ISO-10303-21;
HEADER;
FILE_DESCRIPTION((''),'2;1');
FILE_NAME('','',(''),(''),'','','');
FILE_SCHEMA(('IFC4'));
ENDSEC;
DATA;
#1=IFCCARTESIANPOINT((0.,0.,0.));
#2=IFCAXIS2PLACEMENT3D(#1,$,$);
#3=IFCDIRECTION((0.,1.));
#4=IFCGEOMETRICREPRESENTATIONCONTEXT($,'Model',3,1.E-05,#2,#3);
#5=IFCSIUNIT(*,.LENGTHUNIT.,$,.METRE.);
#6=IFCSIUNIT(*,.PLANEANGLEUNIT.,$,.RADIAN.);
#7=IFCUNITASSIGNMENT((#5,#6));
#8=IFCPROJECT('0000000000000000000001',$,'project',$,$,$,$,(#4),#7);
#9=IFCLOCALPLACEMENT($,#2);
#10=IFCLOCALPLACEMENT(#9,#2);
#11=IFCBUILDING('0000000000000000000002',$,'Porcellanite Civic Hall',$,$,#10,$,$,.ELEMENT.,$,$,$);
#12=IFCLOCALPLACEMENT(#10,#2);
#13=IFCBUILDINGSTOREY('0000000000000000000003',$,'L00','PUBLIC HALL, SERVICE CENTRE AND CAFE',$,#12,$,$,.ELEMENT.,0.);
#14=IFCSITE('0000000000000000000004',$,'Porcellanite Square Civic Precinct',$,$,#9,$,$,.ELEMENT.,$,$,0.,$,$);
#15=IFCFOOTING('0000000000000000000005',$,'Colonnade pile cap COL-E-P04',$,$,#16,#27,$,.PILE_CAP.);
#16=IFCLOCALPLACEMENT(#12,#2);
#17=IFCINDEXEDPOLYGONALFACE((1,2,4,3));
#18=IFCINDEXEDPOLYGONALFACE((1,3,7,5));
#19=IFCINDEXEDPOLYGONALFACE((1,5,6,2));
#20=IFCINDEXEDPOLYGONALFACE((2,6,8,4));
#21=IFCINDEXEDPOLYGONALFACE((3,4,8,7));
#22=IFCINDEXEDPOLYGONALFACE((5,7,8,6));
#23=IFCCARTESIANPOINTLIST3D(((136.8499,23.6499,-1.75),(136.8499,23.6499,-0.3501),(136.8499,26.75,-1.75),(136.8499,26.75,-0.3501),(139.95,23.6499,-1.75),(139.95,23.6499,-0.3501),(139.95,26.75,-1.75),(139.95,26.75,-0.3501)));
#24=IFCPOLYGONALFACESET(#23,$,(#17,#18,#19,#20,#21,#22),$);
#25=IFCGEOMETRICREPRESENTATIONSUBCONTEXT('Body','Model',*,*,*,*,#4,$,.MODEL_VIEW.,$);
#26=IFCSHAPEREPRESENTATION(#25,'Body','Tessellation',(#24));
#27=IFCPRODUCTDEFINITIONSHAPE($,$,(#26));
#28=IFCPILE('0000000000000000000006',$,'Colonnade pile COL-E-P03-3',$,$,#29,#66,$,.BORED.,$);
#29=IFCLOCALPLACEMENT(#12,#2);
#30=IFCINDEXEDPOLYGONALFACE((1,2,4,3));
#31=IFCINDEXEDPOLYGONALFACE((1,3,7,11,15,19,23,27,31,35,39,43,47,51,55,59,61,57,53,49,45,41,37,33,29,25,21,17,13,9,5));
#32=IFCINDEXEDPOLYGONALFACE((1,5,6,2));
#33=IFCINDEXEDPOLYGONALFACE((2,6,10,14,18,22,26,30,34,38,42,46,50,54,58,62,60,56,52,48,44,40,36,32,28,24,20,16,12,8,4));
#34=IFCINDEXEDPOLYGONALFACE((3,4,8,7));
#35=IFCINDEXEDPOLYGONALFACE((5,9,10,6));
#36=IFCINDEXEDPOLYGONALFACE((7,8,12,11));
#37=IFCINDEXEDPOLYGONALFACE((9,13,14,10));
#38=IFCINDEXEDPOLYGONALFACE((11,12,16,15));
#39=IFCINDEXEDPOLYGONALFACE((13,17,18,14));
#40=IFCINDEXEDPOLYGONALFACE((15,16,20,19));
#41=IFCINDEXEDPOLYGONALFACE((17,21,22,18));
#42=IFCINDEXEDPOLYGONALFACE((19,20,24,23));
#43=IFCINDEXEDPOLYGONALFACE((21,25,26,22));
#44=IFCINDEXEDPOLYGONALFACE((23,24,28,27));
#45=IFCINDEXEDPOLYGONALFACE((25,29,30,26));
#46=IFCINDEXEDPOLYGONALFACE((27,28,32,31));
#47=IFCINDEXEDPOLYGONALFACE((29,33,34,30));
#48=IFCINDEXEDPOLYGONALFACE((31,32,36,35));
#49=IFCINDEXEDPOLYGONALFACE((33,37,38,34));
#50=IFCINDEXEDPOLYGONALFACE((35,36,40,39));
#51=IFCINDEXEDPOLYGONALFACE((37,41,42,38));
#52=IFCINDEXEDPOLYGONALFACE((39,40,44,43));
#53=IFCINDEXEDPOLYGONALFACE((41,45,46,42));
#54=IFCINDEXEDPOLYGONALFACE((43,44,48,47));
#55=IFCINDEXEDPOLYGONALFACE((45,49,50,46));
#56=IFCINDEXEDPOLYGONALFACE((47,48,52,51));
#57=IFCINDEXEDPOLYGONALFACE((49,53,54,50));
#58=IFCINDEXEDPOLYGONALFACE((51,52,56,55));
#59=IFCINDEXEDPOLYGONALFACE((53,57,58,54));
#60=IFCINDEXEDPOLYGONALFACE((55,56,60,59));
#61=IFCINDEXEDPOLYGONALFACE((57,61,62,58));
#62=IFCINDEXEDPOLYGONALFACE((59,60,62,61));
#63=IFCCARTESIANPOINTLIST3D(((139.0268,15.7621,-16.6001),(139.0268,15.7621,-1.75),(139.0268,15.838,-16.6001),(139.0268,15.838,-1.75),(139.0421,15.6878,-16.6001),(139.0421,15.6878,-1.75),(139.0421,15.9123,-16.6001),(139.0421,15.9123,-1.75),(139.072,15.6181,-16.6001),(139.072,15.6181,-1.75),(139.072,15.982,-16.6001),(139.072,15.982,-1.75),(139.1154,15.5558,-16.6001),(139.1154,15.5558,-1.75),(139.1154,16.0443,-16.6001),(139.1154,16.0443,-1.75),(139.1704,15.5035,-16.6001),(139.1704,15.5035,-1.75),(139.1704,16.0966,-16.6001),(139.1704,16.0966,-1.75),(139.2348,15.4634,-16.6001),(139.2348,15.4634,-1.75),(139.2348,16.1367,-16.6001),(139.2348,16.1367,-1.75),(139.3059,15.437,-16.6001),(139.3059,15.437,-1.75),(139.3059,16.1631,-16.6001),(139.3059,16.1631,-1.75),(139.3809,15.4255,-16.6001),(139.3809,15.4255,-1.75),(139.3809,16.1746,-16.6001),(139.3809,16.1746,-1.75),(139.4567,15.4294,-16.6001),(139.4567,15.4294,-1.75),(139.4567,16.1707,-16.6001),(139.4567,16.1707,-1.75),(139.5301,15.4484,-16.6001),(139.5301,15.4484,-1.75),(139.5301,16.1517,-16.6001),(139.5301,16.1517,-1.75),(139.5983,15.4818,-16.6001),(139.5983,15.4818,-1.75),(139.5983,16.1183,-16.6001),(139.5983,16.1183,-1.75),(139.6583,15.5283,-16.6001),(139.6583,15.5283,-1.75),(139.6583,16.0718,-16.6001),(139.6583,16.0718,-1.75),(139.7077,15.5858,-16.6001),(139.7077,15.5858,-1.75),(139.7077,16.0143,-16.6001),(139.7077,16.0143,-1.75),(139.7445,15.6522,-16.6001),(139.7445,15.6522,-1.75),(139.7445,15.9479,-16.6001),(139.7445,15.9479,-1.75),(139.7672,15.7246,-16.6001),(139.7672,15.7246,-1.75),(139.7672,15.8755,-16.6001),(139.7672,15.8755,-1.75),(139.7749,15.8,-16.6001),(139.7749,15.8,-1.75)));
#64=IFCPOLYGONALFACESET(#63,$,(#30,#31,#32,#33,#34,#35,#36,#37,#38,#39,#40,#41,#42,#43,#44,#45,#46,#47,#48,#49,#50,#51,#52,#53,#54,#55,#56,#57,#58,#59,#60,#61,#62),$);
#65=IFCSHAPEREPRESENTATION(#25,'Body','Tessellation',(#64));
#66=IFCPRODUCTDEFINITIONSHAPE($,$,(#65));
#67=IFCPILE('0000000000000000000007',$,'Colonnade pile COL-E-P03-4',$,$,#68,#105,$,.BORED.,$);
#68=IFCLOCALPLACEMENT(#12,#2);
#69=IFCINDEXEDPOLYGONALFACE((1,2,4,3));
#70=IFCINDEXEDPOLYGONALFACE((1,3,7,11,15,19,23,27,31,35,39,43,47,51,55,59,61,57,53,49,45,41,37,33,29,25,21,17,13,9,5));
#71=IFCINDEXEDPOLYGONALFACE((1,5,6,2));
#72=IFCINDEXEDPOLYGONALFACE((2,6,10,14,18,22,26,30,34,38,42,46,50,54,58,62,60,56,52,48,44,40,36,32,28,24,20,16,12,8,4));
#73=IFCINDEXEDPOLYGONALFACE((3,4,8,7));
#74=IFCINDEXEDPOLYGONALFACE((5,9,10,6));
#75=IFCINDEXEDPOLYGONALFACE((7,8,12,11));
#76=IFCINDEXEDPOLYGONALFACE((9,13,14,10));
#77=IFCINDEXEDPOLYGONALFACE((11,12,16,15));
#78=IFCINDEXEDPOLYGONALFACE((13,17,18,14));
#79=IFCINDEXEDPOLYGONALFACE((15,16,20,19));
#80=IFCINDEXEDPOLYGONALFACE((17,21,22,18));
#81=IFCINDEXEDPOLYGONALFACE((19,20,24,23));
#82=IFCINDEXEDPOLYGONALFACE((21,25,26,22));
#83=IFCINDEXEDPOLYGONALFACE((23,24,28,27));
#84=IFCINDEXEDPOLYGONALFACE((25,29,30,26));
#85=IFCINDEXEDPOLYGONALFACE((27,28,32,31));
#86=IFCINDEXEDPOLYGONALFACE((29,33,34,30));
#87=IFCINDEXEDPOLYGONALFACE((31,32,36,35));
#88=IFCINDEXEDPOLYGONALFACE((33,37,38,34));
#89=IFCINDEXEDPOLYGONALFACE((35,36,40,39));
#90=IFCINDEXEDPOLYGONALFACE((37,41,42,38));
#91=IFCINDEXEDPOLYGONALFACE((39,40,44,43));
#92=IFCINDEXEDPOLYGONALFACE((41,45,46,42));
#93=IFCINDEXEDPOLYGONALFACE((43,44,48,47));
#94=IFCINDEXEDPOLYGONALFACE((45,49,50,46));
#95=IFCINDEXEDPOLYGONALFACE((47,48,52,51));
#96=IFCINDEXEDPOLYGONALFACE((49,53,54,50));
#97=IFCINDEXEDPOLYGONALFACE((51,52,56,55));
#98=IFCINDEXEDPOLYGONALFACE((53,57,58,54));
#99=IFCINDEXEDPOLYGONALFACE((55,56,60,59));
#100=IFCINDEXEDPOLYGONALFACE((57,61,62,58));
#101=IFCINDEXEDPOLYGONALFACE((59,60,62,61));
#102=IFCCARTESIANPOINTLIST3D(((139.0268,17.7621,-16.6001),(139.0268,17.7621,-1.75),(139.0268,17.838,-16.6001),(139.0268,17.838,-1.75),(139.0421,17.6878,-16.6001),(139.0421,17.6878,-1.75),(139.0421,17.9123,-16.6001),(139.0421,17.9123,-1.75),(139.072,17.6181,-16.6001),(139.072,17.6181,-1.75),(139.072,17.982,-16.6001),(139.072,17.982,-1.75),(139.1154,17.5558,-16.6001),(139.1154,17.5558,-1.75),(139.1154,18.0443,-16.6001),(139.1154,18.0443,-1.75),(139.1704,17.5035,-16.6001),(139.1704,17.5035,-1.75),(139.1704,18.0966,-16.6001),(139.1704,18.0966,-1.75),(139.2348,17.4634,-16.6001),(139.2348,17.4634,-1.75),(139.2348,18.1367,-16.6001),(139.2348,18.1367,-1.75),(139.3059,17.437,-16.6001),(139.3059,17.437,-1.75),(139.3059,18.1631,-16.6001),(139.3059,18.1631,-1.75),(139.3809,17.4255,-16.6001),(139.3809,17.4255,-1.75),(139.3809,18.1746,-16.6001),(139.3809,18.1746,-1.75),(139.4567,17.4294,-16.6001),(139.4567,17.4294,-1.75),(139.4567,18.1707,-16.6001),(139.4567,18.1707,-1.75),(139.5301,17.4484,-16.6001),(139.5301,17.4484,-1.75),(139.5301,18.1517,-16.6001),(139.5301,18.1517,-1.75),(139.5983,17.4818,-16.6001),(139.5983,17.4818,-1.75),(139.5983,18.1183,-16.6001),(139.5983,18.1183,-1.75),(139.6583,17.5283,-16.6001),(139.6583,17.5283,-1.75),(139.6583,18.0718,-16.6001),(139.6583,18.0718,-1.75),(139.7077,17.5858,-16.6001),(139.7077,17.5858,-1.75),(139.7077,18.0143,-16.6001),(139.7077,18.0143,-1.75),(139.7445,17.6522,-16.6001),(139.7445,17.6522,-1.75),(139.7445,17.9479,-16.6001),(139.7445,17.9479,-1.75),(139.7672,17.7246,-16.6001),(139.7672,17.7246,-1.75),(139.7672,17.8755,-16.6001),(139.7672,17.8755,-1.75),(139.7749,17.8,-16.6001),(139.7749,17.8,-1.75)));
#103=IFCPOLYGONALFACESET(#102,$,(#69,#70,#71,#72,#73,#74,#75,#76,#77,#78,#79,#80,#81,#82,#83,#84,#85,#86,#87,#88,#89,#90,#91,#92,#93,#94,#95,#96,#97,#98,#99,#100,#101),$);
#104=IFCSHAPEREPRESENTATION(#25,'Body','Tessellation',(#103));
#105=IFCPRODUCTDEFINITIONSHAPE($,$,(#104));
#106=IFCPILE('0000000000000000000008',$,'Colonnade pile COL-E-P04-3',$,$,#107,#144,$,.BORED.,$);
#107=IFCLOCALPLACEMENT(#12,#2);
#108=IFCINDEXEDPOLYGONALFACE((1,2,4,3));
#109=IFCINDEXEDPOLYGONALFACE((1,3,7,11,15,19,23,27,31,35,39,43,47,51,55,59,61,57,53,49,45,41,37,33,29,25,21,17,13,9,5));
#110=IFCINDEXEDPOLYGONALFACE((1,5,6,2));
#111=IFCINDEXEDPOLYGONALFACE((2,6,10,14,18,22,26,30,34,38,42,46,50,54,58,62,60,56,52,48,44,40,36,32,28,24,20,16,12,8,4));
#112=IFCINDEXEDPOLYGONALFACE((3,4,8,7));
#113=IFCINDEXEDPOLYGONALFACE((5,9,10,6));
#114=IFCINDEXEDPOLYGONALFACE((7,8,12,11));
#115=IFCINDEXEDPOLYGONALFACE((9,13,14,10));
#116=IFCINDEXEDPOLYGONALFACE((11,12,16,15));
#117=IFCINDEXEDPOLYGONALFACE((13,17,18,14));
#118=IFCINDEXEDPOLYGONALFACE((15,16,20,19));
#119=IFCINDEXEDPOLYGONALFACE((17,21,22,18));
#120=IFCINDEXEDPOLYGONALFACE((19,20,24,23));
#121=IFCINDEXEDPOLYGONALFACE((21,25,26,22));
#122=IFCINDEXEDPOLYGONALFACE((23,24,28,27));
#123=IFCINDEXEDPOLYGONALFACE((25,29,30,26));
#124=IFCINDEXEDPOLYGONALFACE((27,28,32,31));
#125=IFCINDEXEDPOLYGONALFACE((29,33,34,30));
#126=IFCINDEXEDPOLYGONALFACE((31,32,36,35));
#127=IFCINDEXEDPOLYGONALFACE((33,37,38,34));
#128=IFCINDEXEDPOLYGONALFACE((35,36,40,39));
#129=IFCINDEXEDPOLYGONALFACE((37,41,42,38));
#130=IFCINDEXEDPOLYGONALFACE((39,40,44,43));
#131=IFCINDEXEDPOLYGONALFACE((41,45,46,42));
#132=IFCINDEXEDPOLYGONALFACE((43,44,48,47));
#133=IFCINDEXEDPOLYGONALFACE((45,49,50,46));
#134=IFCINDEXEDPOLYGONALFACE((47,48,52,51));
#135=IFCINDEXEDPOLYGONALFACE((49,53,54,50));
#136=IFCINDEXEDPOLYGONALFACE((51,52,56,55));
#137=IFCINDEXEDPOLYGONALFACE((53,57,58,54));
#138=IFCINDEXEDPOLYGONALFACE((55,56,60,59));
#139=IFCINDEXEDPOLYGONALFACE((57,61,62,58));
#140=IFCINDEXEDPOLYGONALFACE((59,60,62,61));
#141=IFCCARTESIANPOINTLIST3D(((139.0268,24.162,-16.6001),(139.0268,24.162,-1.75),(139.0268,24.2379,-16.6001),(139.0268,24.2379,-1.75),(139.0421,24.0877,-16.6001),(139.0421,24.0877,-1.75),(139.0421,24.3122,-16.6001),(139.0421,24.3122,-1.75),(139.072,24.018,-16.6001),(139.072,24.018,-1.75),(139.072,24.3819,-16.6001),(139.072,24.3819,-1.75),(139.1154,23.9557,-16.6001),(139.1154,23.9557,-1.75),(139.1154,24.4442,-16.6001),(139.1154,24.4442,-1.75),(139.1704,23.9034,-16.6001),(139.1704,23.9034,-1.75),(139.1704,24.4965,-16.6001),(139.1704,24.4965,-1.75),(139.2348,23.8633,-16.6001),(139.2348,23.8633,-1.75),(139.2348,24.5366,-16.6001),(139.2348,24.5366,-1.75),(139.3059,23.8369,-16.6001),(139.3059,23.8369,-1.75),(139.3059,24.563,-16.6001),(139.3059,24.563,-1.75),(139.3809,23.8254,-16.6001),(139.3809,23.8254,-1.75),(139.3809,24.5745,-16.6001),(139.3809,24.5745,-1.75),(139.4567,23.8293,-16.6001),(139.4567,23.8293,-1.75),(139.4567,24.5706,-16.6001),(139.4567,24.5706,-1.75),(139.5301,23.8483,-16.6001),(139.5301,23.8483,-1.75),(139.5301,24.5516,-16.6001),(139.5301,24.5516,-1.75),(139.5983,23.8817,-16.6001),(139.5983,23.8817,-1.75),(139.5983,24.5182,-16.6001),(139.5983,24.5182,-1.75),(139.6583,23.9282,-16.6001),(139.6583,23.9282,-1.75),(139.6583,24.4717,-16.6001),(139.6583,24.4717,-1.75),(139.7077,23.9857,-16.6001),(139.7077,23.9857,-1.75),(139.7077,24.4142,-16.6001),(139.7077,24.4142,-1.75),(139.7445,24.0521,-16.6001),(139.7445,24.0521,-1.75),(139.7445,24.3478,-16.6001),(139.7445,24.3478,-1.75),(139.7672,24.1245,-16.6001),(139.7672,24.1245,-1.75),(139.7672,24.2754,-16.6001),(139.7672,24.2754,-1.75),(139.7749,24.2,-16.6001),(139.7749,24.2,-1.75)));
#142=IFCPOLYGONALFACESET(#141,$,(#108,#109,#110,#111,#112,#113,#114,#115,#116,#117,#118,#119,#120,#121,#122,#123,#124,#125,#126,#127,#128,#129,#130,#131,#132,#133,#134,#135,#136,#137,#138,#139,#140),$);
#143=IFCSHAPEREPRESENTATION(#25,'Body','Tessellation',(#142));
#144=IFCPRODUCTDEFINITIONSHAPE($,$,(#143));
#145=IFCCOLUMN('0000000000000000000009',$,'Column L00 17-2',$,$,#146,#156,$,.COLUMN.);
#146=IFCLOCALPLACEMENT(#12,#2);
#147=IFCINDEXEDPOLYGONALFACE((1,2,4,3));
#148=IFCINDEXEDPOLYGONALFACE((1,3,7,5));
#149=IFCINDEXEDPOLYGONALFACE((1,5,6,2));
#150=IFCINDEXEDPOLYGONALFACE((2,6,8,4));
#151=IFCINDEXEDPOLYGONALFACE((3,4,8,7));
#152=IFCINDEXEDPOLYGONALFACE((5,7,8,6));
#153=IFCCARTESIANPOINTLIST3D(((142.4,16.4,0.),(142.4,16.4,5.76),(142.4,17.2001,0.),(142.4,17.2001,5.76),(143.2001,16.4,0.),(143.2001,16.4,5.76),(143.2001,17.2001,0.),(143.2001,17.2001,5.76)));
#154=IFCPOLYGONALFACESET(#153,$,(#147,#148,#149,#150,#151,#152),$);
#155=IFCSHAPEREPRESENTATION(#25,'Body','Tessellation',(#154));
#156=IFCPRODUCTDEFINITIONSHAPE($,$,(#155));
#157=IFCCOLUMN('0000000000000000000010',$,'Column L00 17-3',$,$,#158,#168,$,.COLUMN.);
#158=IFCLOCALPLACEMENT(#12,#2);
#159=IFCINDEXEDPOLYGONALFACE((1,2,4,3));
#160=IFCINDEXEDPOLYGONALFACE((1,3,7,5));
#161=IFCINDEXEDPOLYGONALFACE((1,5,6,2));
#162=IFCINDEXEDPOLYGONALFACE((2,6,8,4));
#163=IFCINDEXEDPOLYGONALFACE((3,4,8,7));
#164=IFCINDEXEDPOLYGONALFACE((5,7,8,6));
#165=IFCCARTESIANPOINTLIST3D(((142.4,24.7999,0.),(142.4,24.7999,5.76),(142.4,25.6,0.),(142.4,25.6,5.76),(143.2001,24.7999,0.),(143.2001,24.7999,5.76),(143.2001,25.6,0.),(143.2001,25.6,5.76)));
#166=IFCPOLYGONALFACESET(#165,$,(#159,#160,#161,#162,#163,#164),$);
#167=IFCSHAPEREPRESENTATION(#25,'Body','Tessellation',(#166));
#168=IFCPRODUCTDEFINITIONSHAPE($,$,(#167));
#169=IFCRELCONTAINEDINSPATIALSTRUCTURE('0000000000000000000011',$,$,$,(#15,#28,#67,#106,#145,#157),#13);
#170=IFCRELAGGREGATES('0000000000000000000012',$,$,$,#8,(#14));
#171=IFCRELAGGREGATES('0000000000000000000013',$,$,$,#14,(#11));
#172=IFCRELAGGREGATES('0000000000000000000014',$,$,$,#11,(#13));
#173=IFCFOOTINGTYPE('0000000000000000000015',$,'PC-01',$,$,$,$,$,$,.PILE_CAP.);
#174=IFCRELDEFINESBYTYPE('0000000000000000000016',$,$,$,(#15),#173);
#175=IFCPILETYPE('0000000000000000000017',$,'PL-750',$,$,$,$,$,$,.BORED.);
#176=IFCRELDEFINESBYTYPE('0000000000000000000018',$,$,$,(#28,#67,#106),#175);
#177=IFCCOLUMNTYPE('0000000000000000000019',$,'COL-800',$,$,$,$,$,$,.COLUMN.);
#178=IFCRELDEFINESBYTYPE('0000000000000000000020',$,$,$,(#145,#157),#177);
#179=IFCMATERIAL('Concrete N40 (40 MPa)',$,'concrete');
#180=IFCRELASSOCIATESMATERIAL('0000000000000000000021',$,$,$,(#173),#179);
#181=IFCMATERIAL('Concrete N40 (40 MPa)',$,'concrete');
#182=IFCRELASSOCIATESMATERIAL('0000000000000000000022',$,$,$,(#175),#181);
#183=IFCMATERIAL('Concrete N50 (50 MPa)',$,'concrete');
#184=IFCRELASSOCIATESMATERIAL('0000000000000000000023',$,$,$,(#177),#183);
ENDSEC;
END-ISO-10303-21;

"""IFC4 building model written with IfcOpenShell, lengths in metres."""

from ifc_helpers import new_model, si_unit, direction, frame, origin, origin_2d, place, context, subcontext, project, spatial, rectangle, circle, extrude, material, material_profile, profile_set, type_object, element, save


model = new_model("IFC4")

# Units and contexts
model_context = context("Model", 3, precision=1e-05, world=origin(), true_north=direction((0.0, 1.0)))
body_context = subcontext(model_context, "Body", "Model", "MODEL_VIEW")
ifc_project = project(units=[si_unit("LENGTHUNIT", "METRE"), si_unit("PLANEANGLEUNIT", "RADIAN")], contexts=[model_context])

# Site, building, storey
site_placement = place(None, origin())
site = spatial("IfcSite", under=ifc_project, at=site_placement, Name="Porcellanite Square Civic Precinct", CompositionType="ELEMENT", RefElevation=0.0)
building_placement = place(site_placement, origin())
building = spatial("IfcBuilding", under=site, at=building_placement, Name="Porcellanite Civic Hall", CompositionType="ELEMENT")
storey_placement = place(building_placement, origin())
storey = spatial("IfcBuildingStorey", under=building, at=storey_placement, Name="L00", Description="PUBLIC HALL, SERVICE CENTRE AND CAFE", CompositionType="ELEMENT", Elevation=0.0)

# Footing
ifc_material_1 = material(Name="Concrete N40 (40 MPa)", Category="concrete")
footing_type = type_object("IfcFootingType", Name="PC-01", PredefinedType="PILE_CAP", material=ifc_material_1)
footing_placement = place(storey_placement, frame((138.3999, 25.2, -1.75), z_axis=(0.0, 0.0, 1.0), x_axis=(1.0, 0.0, 0.0)))
element("IfcFooting", 1, at=footing_placement, inside=storey, type_object=footing_type, Name="Colonnade pile cap COL-E-P04", PredefinedType="PILE_CAP", context=body_context, shape_type="SweptSolid", body=[
    extrude(rectangle(XDim=3.1001, YDim=3.1001, at=origin_2d()), origin(), (0.0, 0.0, 1.0), 1.3999),
])

# Piles
ifc_material_2 = material(Name="Concrete N40 (40 MPa)", Category="concrete")
ifc_material_profile_1 = material_profile(ifc_material_2, circle(Radius=0.375, at=origin_2d()), Name="PILE-D750")
ifc_profile_set_1 = profile_set([ifc_material_profile_1], Name="Concrete N40 (40 MPa)")
pile_type = type_object("IfcPileType", Name="PL-750", PredefinedType="BORED", material=ifc_profile_set_1)
for number, where, z_axis, x_axis, name in (
    (2, (139.3999, 15.8, -1.75), (0.0, 0.0, -1.0), (1.0, 0.0, 0.0), "Colonnade pile COL-E-P03-3"),
    (3, (139.3999, 17.8, -1.75), (0.0, 0.0, -1.0), (1.0, 0.0, 0.0), "Colonnade pile COL-E-P03-4"),
    (4, (139.3999, 24.2, -1.75), (0.0, 0.0, -1.0), (1.0, 0.0, 0.0), "Colonnade pile COL-E-P04-3"),
):
    element("IfcPile", number, at=place(storey_placement, frame(where, z_axis=z_axis, x_axis=x_axis)), inside=storey, type_object=pile_type, Name=name, PredefinedType="BORED", context=body_context, shape_type="SweptSolid", body=[
        extrude(circle(Radius=0.375, at=origin_2d()), origin(), (0.0, 0.0, 1.0), 14.8501),
    ])

# Columns
ifc_material_3 = material(Name="Concrete N50 (50 MPa)", Category="concrete")
ifc_material_profile_2 = material_profile(ifc_material_3, rectangle(XDim=0.8, YDim=0.8, at=origin_2d()), Name="RC-800x800")
ifc_profile_set_2 = profile_set([ifc_material_profile_2], Name="Concrete N50 (50 MPa)")
column_type_1 = type_object("IfcColumnType", Name="COL-800", PredefinedType="COLUMN", material=ifc_profile_set_2)
for number, where, z_axis, x_axis, name in (
    (5, (142.8, 16.8, 0.0), (0.0, 0.0, 1.0), (1.0, 0.0, 0.0), "Column L00 17-2"),
    (6, (142.8, 25.2, 0.0), (0.0, 0.0, 1.0), (1.0, 0.0, 0.0), "Column L00 17-3"),
):
    element("IfcColumn", number, at=place(storey_placement, frame(where, z_axis=z_axis, x_axis=x_axis)), inside=storey, type_object=column_type_1, Name=name, PredefinedType="COLUMN", context=body_context, shape_type="SweptSolid", body=[
        extrude(rectangle(XDim=0.8, YDim=0.8, at=origin_2d()), origin(), (0.0, 0.0, 1.0), 5.76),
    ])

save(model, "model.ifc")
